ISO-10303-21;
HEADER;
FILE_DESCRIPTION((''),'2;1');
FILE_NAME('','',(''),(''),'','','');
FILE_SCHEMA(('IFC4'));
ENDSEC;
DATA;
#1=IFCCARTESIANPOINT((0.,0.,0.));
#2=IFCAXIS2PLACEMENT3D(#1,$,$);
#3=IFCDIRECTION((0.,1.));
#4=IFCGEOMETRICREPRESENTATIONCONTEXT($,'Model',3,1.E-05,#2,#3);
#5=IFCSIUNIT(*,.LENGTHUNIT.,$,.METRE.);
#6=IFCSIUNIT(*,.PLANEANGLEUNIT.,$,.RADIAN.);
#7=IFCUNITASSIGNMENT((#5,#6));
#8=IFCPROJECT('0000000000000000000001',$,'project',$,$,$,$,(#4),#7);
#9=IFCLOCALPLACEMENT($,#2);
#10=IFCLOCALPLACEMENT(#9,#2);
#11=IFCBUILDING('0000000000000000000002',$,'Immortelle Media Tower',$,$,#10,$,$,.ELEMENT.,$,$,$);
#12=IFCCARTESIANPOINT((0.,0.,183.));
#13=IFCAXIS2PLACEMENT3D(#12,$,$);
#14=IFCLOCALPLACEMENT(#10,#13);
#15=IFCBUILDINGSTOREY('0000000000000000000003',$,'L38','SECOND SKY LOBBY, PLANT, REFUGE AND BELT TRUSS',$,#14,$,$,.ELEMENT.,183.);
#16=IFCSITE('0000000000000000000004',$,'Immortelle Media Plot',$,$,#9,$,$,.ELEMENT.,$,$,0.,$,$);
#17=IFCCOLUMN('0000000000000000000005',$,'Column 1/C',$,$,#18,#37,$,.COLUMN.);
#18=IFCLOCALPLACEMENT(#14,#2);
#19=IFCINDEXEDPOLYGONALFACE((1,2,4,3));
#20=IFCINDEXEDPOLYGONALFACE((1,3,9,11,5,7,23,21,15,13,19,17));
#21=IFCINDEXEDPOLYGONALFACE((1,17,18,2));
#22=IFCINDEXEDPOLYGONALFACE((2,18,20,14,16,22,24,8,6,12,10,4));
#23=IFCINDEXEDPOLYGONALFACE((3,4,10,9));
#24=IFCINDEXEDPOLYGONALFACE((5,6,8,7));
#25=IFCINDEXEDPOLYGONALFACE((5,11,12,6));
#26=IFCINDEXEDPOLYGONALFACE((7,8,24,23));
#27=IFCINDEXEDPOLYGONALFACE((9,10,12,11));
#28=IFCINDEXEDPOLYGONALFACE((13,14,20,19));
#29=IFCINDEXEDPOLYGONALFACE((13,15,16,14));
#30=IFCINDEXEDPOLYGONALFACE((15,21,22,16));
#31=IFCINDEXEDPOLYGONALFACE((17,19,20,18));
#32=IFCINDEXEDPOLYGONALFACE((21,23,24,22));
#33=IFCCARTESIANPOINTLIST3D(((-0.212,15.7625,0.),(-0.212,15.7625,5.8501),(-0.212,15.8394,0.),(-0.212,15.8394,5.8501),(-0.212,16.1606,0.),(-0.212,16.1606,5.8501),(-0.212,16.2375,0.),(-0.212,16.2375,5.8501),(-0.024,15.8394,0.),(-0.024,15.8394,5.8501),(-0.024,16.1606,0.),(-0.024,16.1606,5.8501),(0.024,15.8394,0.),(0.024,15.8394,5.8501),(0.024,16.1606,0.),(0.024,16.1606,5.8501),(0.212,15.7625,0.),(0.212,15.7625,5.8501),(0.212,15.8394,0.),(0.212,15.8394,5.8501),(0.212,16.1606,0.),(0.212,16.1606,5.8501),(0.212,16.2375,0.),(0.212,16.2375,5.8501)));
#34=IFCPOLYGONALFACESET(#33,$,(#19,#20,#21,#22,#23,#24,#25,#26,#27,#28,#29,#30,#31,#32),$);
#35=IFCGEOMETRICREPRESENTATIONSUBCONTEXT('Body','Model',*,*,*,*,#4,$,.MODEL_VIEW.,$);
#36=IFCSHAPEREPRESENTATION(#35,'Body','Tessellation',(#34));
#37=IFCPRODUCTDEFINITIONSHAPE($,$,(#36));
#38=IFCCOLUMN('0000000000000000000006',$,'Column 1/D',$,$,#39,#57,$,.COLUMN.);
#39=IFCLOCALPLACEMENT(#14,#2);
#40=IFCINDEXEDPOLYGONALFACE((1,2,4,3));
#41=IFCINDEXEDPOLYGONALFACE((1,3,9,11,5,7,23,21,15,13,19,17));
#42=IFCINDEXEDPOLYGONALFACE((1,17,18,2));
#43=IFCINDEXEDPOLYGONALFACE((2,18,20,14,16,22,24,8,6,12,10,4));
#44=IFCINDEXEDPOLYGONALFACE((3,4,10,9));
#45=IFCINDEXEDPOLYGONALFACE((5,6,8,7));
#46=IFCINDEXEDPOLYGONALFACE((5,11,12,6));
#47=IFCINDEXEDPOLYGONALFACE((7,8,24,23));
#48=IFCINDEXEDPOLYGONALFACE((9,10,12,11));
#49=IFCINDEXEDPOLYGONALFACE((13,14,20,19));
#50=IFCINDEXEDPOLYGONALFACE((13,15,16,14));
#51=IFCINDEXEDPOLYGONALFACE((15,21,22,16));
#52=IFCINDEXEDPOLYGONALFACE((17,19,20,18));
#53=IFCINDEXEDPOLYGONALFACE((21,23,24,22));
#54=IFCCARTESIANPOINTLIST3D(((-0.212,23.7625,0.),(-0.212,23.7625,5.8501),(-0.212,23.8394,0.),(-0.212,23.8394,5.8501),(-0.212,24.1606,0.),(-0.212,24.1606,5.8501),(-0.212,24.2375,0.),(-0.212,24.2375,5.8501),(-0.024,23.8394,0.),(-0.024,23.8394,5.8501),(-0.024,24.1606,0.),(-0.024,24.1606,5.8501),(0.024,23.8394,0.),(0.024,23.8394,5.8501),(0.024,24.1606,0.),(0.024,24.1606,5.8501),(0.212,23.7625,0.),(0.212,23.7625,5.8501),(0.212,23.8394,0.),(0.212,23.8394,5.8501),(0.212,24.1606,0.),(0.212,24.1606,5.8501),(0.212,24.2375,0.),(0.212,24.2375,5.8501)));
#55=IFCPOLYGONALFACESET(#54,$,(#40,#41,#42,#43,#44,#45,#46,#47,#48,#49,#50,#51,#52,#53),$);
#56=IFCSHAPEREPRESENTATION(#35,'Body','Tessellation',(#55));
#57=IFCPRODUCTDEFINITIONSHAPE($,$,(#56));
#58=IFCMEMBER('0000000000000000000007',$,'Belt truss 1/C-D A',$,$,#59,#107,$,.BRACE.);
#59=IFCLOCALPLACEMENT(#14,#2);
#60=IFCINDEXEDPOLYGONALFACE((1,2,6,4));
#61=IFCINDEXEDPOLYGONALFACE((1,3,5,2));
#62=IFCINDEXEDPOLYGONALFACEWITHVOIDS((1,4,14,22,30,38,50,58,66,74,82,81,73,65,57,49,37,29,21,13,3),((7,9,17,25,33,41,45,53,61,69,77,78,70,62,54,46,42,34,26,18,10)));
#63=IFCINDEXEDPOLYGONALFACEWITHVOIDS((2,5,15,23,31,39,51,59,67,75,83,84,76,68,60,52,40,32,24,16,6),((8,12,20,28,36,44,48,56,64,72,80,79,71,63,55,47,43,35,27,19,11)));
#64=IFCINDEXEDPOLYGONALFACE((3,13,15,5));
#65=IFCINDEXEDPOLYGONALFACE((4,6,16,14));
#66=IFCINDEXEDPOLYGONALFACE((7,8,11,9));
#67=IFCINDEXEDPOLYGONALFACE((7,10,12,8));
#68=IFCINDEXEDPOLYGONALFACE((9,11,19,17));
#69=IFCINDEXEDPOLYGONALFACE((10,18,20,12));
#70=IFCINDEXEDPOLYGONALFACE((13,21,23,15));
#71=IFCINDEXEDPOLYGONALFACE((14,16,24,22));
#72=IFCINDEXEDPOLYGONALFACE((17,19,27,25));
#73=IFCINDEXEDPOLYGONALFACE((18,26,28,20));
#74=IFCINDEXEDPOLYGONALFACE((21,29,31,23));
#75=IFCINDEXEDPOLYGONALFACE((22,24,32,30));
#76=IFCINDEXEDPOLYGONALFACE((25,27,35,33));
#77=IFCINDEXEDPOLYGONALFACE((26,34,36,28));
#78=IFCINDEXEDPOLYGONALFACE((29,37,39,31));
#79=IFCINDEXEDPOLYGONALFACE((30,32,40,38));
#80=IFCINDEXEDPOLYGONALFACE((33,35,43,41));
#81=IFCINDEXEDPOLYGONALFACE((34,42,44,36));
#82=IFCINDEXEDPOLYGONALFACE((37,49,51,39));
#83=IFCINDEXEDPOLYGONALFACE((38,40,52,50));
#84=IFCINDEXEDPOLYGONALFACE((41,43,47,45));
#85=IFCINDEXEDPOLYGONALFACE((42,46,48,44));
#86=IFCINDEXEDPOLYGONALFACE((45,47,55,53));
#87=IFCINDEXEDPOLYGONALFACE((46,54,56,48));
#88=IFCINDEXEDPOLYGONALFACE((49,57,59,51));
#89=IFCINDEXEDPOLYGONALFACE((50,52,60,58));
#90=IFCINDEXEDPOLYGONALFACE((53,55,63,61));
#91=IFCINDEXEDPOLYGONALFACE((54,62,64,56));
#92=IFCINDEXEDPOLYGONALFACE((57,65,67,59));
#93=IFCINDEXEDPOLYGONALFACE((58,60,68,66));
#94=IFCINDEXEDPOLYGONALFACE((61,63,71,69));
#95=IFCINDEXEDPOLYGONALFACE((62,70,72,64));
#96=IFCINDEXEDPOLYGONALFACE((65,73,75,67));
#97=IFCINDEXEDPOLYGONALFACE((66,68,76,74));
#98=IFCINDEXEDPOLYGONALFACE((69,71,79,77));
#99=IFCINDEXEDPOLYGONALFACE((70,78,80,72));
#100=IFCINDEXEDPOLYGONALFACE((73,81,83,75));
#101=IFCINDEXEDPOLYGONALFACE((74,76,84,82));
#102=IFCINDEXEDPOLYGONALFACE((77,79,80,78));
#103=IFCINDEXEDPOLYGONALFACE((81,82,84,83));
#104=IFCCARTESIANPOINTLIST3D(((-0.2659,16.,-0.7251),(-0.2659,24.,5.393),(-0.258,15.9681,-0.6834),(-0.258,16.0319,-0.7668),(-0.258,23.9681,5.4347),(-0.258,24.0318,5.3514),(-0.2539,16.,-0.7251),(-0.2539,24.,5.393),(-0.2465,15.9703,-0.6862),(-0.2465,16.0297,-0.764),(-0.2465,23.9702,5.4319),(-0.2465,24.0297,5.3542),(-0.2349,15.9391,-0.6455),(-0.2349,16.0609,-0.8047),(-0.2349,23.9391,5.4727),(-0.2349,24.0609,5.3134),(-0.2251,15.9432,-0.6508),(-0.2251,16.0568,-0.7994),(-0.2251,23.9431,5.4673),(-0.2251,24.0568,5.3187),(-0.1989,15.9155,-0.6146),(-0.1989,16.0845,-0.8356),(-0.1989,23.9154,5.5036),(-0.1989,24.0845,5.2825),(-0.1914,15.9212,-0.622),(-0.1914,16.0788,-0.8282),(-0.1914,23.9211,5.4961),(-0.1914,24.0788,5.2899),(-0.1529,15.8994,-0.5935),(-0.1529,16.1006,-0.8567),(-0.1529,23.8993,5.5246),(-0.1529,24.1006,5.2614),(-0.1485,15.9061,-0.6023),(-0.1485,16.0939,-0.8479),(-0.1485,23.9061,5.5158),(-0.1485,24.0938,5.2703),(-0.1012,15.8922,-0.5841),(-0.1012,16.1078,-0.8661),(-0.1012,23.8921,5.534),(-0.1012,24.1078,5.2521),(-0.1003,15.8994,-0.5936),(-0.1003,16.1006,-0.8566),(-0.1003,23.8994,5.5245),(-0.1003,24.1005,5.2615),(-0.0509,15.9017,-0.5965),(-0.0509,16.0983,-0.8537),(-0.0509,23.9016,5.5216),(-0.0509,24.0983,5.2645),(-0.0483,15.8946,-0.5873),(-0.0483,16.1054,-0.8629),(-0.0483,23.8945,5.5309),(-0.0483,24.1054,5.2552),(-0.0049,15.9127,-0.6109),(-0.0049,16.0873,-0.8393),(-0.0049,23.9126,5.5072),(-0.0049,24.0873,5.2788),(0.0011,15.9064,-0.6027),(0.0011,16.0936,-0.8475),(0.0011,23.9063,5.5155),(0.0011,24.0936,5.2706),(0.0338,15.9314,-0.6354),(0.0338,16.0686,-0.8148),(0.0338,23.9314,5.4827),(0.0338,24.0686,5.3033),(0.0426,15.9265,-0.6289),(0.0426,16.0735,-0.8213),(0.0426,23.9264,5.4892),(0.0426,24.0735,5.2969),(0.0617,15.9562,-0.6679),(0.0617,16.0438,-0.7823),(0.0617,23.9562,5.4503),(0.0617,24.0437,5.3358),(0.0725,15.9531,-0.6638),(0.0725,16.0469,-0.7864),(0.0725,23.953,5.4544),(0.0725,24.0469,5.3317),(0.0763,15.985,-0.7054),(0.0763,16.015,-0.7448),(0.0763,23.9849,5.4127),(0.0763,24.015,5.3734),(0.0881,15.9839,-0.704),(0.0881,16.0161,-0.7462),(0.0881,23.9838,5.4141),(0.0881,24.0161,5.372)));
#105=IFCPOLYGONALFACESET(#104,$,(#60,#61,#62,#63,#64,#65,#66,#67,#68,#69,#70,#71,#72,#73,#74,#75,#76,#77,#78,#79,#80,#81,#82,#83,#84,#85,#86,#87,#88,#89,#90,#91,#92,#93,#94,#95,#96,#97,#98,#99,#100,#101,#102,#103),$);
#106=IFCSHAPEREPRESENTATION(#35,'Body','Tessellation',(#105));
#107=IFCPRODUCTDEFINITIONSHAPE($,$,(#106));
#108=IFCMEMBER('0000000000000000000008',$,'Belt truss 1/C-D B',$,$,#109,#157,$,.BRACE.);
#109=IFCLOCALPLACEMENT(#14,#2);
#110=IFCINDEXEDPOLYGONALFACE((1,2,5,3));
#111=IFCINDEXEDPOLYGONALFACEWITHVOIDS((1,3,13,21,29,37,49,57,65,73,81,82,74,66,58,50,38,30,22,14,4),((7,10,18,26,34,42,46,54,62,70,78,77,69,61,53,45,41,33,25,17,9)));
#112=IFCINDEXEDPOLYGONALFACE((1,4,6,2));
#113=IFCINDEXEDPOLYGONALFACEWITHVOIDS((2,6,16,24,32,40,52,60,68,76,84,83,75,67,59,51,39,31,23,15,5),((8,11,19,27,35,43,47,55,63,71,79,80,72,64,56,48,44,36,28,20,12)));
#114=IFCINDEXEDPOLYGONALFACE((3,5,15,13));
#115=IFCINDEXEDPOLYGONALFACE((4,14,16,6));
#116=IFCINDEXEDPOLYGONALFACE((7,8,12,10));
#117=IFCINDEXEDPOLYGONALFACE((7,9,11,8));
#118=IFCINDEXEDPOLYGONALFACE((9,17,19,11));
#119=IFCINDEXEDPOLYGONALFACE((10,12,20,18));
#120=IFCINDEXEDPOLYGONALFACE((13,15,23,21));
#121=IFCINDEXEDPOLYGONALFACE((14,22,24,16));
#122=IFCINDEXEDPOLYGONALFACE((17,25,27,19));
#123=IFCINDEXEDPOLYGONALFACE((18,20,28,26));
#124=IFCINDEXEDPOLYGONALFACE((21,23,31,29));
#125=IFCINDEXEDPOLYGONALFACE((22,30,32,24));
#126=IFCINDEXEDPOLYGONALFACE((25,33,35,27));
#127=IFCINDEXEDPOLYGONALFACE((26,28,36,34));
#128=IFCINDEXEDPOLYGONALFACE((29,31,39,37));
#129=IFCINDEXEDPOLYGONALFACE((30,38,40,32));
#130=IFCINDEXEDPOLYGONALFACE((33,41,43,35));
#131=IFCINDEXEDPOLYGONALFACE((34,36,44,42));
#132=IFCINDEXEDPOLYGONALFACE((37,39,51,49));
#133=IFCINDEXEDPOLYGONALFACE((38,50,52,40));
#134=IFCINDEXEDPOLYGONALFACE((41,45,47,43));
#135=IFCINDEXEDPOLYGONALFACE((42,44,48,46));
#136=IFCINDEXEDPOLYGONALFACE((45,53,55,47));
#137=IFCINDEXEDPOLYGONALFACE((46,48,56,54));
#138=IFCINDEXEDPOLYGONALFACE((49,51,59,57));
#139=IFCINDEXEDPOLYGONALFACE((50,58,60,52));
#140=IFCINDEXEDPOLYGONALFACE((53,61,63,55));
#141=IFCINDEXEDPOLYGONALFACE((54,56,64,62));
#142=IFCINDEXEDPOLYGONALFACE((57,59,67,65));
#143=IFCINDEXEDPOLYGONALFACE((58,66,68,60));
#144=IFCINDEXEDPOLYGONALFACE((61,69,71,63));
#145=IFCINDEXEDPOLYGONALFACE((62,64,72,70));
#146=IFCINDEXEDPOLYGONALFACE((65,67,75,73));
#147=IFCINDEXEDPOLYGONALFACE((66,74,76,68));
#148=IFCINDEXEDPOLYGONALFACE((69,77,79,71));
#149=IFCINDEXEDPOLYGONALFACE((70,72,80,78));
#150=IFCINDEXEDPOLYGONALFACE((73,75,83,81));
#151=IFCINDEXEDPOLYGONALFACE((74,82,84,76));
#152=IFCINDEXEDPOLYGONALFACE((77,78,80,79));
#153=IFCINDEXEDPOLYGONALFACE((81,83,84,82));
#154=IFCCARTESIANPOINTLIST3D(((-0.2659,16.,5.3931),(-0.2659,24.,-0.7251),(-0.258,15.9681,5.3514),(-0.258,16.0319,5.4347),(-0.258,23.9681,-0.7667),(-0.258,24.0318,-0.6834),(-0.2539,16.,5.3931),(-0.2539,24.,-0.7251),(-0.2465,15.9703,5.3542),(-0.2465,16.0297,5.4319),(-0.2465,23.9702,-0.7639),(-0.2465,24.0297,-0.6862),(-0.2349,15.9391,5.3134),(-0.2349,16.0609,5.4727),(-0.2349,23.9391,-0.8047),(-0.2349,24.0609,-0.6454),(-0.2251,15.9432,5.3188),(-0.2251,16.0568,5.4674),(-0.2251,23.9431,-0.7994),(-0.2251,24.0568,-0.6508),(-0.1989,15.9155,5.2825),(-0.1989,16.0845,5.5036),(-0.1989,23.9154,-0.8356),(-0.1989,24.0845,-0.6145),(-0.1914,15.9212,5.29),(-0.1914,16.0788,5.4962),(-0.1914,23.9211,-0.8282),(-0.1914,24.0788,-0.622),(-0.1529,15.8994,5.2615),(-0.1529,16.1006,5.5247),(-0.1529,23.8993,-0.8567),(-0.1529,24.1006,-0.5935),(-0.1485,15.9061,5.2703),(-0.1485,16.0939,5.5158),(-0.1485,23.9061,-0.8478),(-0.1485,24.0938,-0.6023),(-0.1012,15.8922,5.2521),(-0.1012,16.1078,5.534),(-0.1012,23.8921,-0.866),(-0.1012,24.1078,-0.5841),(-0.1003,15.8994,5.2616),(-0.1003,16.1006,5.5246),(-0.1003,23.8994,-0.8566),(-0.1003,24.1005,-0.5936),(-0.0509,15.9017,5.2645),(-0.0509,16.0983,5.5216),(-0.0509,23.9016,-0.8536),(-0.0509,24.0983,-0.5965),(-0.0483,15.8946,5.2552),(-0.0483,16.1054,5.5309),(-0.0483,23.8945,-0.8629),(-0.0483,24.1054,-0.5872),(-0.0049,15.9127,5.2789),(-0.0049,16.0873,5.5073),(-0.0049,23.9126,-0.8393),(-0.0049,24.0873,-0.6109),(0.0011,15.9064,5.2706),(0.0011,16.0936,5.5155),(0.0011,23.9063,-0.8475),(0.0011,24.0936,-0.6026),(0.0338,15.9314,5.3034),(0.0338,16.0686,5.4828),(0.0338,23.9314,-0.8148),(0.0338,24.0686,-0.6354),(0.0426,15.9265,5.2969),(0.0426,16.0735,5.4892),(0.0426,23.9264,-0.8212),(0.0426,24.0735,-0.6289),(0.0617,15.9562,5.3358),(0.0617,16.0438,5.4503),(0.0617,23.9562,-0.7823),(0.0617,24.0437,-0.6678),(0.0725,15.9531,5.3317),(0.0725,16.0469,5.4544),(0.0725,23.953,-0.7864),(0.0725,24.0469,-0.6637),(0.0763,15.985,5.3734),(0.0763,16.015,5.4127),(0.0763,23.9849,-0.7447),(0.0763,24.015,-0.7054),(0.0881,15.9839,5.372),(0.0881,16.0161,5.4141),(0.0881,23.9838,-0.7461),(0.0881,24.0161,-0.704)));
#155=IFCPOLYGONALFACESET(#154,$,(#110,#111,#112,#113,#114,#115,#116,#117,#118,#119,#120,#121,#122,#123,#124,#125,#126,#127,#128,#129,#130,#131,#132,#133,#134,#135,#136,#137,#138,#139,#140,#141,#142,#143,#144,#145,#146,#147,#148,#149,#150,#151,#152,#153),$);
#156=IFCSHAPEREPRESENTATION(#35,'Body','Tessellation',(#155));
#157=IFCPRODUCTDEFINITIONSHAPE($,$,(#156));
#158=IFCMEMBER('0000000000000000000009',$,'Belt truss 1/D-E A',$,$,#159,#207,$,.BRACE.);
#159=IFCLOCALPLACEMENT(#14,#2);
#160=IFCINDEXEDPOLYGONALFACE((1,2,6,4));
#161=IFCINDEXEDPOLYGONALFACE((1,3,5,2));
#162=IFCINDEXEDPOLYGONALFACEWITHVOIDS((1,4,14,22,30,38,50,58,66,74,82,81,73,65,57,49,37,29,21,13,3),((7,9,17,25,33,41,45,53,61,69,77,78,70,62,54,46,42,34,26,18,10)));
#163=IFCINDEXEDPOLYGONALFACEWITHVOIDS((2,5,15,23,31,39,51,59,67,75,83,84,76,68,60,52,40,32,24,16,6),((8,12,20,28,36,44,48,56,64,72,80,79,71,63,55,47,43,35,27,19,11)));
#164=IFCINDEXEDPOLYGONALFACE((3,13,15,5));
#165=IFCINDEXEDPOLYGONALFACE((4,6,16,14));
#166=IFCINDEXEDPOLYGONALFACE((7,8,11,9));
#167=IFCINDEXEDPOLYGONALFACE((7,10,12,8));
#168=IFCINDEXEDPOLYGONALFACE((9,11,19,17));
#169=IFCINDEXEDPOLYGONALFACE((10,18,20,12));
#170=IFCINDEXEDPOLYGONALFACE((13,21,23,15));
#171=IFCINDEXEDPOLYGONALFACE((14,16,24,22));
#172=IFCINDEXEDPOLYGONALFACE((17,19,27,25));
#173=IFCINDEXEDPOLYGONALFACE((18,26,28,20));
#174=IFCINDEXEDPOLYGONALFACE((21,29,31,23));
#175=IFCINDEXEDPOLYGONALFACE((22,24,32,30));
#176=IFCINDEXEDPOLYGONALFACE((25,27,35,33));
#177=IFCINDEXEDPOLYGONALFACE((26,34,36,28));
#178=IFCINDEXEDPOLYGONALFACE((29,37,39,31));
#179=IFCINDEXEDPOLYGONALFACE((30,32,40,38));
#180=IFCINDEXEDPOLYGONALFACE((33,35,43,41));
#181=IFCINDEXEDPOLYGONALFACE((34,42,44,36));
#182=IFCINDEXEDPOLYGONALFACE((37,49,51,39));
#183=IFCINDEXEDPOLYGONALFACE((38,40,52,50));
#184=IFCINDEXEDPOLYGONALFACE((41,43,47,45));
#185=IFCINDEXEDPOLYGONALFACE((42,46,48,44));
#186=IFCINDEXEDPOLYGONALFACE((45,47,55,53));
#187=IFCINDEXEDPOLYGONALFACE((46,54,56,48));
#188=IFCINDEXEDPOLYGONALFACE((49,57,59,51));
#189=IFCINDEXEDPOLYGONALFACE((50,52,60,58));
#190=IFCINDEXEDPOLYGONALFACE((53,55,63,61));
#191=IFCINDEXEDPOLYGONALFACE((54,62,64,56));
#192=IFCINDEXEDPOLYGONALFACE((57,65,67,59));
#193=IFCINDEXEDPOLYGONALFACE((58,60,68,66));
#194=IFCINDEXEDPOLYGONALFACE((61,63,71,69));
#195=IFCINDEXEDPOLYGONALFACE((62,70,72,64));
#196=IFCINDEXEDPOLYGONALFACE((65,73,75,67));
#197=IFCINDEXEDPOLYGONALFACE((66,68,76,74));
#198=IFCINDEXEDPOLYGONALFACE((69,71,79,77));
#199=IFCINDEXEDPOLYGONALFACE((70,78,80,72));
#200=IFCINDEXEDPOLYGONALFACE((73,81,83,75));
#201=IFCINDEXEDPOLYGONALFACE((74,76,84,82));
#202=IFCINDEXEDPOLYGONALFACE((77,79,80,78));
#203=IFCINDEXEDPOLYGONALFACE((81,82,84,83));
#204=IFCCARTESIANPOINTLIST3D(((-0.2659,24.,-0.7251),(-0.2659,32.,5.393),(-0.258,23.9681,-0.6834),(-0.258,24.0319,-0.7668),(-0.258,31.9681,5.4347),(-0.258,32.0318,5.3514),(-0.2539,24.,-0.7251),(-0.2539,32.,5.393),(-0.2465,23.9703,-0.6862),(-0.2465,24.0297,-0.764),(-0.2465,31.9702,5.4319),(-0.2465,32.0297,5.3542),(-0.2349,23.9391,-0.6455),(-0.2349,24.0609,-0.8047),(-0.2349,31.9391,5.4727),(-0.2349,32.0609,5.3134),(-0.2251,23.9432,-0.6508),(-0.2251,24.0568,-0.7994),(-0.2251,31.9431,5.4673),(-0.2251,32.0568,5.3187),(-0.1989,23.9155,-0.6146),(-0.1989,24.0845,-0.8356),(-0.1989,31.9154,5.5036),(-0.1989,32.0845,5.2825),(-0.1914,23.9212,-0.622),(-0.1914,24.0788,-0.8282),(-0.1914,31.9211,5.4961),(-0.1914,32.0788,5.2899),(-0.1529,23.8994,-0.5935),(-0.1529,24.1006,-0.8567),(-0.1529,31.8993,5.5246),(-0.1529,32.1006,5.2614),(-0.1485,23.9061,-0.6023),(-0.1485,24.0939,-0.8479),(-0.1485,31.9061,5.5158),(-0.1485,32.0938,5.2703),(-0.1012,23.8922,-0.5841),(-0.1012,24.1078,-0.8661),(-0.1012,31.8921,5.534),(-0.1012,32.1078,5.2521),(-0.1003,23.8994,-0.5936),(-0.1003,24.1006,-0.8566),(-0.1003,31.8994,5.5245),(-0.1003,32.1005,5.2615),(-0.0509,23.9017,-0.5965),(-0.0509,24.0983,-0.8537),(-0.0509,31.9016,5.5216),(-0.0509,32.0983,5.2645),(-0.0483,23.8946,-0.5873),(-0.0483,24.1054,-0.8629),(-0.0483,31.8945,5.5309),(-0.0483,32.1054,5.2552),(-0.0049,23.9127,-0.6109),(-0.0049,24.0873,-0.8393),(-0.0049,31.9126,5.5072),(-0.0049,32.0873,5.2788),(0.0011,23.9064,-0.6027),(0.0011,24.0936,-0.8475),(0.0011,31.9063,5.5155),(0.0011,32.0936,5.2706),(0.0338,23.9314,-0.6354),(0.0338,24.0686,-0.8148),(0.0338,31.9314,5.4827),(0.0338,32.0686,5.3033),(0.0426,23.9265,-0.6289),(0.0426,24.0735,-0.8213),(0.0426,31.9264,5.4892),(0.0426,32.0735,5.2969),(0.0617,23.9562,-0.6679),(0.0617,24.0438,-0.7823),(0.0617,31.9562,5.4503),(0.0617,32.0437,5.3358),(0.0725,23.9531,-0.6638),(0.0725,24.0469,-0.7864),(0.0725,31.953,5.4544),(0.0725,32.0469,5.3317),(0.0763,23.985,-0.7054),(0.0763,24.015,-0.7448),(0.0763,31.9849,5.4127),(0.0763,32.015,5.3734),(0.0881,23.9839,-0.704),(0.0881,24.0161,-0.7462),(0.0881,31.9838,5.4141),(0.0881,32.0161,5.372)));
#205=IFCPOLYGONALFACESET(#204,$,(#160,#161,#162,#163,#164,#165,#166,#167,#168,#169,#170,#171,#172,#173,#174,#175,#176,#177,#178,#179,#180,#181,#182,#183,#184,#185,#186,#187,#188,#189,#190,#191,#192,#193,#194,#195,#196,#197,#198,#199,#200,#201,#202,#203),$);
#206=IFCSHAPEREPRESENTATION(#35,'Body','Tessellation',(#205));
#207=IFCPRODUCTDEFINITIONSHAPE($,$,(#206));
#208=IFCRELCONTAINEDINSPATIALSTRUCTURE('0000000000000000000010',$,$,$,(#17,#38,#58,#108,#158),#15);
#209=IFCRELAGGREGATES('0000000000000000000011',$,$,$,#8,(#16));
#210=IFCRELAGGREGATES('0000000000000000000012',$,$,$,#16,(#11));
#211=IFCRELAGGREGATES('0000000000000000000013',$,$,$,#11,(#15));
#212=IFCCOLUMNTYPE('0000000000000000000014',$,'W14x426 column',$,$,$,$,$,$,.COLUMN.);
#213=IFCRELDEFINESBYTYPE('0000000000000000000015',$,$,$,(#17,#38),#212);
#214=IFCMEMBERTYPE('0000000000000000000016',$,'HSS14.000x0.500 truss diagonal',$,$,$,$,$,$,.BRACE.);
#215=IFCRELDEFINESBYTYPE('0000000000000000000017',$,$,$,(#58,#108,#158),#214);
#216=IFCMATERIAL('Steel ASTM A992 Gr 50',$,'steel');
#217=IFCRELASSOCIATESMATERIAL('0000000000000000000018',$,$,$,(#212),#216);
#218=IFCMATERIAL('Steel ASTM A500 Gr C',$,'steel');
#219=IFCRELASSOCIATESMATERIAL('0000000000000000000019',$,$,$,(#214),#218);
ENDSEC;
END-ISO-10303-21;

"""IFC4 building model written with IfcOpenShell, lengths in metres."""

from ifc_helpers import new_model, si_unit, direction, frame, origin, origin_2d, place, context, subcontext, project, spatial, hollow_circle, i_section, extrude, material, material_profile, profile_set, type_object, element, save


model = new_model("IFC4")

# Units and contexts
model_context = context("Model", 3, precision=1e-05, world=origin(), true_north=direction((0.0, 1.0)))
body_context = subcontext(model_context, "Body", "Model", "MODEL_VIEW")
ifc_project = project(units=[si_unit("LENGTHUNIT", "METRE"), si_unit("PLANEANGLEUNIT", "RADIAN")], contexts=[model_context])

# Site, building, storey
site_placement = place(None, origin())
site = spatial("IfcSite", under=ifc_project, at=site_placement, Name="Immortelle Media Plot", CompositionType="ELEMENT", RefElevation=0.0)
building_placement = place(site_placement, origin())
building = spatial("IfcBuilding", under=site, at=building_placement, Name="Immortelle Media Tower", CompositionType="ELEMENT")
storey_placement = place(building_placement, frame((0.0, 0.0, 183.0)))
storey = spatial("IfcBuildingStorey", under=building, at=storey_placement, Name="L38", Description="SECOND SKY LOBBY, PLANT, REFUGE AND BELT TRUSS", CompositionType="ELEMENT", Elevation=183.0)

# Columns
ifc_material_1 = material(Name="Steel ASTM A992 Gr 50", Category="steel")
ifc_material_profile_1 = material_profile(ifc_material_1, i_section(OverallWidth=0.4241, OverallDepth=0.4751, WebThickness=0.0481, FlangeThickness=0.0769, at=origin_2d()), Name="W14x426")
ifc_profile_set_1 = profile_set([ifc_material_profile_1], Name="Steel ASTM A992 Gr 50")
column_type = type_object("IfcColumnType", Name="W14x426 column", PredefinedType="COLUMN", material=ifc_profile_set_1)
for number, where, z_axis, x_axis, name in (
    (1, (0.0, 16.0, 0.0), (0.0, 0.0, 1.0), (1.0, 0.0, 0.0), "Column 1/C"),
    (2, (0.0, 24.0, 0.0), (0.0, 0.0, 1.0), (1.0, 0.0, 0.0), "Column 1/D"),
):
    element("IfcColumn", number, at=place(storey_placement, frame(where, z_axis=z_axis, x_axis=x_axis)), inside=storey, type_object=column_type, Name=name, PredefinedType="COLUMN", context=body_context, shape_type="SweptSolid", body=[
        extrude(i_section(OverallWidth=0.4241, OverallDepth=0.4751, WebThickness=0.0481, FlangeThickness=0.0769, at=origin_2d()), origin(), (0.0, 0.0, 1.0), 5.8501),
    ])

# Members
ifc_material_2 = material(Name="Steel ASTM A500 Gr C", Category="steel")
ifc_material_profile_2 = material_profile(ifc_material_2, hollow_circle(Radius=0.178, WallThickness=0.012, at=origin_2d()), Name="HSS14.000x0.500 truss diagonal")
ifc_profile_set_2 = profile_set([ifc_material_profile_2], Name="Steel ASTM A500 Gr C")
member_type_1 = type_object("IfcMemberType", Name="HSS14.000x0.500 truss diagonal", PredefinedType="BRACE", material=ifc_profile_set_2)
for number, where, z_axis, x_axis, name in (
    (3, (-0.0879, 16.0, -0.7251), (0.0, 0.794333, 0.607482), (-1.0, 0.0, 0.0), "Belt truss 1/C-D A"),
    (4, (-0.0879, 16.0, 5.3931), (0.0, 0.794333, -0.607482), (-1.0, 0.0, 0.0), "Belt truss 1/C-D B"),
    (5, (-0.0879, 24.0, -0.7251), (0.0, 0.794333, 0.607482), (-1.0, 0.0, 0.0), "Belt truss 1/D-E A"),
):
    element("IfcMember", number, at=place(storey_placement, frame(where, z_axis=z_axis, x_axis=x_axis)), inside=storey, type_object=member_type_1, Name=name, PredefinedType="BRACE", context=body_context, shape_type="SweptSolid", body=[
        extrude(hollow_circle(Radius=0.178, WallThickness=0.012, at=origin_2d()), origin(), (0.0, 0.0, 1.0), 10.0713),
    ])

save(model, "model.ifc")
